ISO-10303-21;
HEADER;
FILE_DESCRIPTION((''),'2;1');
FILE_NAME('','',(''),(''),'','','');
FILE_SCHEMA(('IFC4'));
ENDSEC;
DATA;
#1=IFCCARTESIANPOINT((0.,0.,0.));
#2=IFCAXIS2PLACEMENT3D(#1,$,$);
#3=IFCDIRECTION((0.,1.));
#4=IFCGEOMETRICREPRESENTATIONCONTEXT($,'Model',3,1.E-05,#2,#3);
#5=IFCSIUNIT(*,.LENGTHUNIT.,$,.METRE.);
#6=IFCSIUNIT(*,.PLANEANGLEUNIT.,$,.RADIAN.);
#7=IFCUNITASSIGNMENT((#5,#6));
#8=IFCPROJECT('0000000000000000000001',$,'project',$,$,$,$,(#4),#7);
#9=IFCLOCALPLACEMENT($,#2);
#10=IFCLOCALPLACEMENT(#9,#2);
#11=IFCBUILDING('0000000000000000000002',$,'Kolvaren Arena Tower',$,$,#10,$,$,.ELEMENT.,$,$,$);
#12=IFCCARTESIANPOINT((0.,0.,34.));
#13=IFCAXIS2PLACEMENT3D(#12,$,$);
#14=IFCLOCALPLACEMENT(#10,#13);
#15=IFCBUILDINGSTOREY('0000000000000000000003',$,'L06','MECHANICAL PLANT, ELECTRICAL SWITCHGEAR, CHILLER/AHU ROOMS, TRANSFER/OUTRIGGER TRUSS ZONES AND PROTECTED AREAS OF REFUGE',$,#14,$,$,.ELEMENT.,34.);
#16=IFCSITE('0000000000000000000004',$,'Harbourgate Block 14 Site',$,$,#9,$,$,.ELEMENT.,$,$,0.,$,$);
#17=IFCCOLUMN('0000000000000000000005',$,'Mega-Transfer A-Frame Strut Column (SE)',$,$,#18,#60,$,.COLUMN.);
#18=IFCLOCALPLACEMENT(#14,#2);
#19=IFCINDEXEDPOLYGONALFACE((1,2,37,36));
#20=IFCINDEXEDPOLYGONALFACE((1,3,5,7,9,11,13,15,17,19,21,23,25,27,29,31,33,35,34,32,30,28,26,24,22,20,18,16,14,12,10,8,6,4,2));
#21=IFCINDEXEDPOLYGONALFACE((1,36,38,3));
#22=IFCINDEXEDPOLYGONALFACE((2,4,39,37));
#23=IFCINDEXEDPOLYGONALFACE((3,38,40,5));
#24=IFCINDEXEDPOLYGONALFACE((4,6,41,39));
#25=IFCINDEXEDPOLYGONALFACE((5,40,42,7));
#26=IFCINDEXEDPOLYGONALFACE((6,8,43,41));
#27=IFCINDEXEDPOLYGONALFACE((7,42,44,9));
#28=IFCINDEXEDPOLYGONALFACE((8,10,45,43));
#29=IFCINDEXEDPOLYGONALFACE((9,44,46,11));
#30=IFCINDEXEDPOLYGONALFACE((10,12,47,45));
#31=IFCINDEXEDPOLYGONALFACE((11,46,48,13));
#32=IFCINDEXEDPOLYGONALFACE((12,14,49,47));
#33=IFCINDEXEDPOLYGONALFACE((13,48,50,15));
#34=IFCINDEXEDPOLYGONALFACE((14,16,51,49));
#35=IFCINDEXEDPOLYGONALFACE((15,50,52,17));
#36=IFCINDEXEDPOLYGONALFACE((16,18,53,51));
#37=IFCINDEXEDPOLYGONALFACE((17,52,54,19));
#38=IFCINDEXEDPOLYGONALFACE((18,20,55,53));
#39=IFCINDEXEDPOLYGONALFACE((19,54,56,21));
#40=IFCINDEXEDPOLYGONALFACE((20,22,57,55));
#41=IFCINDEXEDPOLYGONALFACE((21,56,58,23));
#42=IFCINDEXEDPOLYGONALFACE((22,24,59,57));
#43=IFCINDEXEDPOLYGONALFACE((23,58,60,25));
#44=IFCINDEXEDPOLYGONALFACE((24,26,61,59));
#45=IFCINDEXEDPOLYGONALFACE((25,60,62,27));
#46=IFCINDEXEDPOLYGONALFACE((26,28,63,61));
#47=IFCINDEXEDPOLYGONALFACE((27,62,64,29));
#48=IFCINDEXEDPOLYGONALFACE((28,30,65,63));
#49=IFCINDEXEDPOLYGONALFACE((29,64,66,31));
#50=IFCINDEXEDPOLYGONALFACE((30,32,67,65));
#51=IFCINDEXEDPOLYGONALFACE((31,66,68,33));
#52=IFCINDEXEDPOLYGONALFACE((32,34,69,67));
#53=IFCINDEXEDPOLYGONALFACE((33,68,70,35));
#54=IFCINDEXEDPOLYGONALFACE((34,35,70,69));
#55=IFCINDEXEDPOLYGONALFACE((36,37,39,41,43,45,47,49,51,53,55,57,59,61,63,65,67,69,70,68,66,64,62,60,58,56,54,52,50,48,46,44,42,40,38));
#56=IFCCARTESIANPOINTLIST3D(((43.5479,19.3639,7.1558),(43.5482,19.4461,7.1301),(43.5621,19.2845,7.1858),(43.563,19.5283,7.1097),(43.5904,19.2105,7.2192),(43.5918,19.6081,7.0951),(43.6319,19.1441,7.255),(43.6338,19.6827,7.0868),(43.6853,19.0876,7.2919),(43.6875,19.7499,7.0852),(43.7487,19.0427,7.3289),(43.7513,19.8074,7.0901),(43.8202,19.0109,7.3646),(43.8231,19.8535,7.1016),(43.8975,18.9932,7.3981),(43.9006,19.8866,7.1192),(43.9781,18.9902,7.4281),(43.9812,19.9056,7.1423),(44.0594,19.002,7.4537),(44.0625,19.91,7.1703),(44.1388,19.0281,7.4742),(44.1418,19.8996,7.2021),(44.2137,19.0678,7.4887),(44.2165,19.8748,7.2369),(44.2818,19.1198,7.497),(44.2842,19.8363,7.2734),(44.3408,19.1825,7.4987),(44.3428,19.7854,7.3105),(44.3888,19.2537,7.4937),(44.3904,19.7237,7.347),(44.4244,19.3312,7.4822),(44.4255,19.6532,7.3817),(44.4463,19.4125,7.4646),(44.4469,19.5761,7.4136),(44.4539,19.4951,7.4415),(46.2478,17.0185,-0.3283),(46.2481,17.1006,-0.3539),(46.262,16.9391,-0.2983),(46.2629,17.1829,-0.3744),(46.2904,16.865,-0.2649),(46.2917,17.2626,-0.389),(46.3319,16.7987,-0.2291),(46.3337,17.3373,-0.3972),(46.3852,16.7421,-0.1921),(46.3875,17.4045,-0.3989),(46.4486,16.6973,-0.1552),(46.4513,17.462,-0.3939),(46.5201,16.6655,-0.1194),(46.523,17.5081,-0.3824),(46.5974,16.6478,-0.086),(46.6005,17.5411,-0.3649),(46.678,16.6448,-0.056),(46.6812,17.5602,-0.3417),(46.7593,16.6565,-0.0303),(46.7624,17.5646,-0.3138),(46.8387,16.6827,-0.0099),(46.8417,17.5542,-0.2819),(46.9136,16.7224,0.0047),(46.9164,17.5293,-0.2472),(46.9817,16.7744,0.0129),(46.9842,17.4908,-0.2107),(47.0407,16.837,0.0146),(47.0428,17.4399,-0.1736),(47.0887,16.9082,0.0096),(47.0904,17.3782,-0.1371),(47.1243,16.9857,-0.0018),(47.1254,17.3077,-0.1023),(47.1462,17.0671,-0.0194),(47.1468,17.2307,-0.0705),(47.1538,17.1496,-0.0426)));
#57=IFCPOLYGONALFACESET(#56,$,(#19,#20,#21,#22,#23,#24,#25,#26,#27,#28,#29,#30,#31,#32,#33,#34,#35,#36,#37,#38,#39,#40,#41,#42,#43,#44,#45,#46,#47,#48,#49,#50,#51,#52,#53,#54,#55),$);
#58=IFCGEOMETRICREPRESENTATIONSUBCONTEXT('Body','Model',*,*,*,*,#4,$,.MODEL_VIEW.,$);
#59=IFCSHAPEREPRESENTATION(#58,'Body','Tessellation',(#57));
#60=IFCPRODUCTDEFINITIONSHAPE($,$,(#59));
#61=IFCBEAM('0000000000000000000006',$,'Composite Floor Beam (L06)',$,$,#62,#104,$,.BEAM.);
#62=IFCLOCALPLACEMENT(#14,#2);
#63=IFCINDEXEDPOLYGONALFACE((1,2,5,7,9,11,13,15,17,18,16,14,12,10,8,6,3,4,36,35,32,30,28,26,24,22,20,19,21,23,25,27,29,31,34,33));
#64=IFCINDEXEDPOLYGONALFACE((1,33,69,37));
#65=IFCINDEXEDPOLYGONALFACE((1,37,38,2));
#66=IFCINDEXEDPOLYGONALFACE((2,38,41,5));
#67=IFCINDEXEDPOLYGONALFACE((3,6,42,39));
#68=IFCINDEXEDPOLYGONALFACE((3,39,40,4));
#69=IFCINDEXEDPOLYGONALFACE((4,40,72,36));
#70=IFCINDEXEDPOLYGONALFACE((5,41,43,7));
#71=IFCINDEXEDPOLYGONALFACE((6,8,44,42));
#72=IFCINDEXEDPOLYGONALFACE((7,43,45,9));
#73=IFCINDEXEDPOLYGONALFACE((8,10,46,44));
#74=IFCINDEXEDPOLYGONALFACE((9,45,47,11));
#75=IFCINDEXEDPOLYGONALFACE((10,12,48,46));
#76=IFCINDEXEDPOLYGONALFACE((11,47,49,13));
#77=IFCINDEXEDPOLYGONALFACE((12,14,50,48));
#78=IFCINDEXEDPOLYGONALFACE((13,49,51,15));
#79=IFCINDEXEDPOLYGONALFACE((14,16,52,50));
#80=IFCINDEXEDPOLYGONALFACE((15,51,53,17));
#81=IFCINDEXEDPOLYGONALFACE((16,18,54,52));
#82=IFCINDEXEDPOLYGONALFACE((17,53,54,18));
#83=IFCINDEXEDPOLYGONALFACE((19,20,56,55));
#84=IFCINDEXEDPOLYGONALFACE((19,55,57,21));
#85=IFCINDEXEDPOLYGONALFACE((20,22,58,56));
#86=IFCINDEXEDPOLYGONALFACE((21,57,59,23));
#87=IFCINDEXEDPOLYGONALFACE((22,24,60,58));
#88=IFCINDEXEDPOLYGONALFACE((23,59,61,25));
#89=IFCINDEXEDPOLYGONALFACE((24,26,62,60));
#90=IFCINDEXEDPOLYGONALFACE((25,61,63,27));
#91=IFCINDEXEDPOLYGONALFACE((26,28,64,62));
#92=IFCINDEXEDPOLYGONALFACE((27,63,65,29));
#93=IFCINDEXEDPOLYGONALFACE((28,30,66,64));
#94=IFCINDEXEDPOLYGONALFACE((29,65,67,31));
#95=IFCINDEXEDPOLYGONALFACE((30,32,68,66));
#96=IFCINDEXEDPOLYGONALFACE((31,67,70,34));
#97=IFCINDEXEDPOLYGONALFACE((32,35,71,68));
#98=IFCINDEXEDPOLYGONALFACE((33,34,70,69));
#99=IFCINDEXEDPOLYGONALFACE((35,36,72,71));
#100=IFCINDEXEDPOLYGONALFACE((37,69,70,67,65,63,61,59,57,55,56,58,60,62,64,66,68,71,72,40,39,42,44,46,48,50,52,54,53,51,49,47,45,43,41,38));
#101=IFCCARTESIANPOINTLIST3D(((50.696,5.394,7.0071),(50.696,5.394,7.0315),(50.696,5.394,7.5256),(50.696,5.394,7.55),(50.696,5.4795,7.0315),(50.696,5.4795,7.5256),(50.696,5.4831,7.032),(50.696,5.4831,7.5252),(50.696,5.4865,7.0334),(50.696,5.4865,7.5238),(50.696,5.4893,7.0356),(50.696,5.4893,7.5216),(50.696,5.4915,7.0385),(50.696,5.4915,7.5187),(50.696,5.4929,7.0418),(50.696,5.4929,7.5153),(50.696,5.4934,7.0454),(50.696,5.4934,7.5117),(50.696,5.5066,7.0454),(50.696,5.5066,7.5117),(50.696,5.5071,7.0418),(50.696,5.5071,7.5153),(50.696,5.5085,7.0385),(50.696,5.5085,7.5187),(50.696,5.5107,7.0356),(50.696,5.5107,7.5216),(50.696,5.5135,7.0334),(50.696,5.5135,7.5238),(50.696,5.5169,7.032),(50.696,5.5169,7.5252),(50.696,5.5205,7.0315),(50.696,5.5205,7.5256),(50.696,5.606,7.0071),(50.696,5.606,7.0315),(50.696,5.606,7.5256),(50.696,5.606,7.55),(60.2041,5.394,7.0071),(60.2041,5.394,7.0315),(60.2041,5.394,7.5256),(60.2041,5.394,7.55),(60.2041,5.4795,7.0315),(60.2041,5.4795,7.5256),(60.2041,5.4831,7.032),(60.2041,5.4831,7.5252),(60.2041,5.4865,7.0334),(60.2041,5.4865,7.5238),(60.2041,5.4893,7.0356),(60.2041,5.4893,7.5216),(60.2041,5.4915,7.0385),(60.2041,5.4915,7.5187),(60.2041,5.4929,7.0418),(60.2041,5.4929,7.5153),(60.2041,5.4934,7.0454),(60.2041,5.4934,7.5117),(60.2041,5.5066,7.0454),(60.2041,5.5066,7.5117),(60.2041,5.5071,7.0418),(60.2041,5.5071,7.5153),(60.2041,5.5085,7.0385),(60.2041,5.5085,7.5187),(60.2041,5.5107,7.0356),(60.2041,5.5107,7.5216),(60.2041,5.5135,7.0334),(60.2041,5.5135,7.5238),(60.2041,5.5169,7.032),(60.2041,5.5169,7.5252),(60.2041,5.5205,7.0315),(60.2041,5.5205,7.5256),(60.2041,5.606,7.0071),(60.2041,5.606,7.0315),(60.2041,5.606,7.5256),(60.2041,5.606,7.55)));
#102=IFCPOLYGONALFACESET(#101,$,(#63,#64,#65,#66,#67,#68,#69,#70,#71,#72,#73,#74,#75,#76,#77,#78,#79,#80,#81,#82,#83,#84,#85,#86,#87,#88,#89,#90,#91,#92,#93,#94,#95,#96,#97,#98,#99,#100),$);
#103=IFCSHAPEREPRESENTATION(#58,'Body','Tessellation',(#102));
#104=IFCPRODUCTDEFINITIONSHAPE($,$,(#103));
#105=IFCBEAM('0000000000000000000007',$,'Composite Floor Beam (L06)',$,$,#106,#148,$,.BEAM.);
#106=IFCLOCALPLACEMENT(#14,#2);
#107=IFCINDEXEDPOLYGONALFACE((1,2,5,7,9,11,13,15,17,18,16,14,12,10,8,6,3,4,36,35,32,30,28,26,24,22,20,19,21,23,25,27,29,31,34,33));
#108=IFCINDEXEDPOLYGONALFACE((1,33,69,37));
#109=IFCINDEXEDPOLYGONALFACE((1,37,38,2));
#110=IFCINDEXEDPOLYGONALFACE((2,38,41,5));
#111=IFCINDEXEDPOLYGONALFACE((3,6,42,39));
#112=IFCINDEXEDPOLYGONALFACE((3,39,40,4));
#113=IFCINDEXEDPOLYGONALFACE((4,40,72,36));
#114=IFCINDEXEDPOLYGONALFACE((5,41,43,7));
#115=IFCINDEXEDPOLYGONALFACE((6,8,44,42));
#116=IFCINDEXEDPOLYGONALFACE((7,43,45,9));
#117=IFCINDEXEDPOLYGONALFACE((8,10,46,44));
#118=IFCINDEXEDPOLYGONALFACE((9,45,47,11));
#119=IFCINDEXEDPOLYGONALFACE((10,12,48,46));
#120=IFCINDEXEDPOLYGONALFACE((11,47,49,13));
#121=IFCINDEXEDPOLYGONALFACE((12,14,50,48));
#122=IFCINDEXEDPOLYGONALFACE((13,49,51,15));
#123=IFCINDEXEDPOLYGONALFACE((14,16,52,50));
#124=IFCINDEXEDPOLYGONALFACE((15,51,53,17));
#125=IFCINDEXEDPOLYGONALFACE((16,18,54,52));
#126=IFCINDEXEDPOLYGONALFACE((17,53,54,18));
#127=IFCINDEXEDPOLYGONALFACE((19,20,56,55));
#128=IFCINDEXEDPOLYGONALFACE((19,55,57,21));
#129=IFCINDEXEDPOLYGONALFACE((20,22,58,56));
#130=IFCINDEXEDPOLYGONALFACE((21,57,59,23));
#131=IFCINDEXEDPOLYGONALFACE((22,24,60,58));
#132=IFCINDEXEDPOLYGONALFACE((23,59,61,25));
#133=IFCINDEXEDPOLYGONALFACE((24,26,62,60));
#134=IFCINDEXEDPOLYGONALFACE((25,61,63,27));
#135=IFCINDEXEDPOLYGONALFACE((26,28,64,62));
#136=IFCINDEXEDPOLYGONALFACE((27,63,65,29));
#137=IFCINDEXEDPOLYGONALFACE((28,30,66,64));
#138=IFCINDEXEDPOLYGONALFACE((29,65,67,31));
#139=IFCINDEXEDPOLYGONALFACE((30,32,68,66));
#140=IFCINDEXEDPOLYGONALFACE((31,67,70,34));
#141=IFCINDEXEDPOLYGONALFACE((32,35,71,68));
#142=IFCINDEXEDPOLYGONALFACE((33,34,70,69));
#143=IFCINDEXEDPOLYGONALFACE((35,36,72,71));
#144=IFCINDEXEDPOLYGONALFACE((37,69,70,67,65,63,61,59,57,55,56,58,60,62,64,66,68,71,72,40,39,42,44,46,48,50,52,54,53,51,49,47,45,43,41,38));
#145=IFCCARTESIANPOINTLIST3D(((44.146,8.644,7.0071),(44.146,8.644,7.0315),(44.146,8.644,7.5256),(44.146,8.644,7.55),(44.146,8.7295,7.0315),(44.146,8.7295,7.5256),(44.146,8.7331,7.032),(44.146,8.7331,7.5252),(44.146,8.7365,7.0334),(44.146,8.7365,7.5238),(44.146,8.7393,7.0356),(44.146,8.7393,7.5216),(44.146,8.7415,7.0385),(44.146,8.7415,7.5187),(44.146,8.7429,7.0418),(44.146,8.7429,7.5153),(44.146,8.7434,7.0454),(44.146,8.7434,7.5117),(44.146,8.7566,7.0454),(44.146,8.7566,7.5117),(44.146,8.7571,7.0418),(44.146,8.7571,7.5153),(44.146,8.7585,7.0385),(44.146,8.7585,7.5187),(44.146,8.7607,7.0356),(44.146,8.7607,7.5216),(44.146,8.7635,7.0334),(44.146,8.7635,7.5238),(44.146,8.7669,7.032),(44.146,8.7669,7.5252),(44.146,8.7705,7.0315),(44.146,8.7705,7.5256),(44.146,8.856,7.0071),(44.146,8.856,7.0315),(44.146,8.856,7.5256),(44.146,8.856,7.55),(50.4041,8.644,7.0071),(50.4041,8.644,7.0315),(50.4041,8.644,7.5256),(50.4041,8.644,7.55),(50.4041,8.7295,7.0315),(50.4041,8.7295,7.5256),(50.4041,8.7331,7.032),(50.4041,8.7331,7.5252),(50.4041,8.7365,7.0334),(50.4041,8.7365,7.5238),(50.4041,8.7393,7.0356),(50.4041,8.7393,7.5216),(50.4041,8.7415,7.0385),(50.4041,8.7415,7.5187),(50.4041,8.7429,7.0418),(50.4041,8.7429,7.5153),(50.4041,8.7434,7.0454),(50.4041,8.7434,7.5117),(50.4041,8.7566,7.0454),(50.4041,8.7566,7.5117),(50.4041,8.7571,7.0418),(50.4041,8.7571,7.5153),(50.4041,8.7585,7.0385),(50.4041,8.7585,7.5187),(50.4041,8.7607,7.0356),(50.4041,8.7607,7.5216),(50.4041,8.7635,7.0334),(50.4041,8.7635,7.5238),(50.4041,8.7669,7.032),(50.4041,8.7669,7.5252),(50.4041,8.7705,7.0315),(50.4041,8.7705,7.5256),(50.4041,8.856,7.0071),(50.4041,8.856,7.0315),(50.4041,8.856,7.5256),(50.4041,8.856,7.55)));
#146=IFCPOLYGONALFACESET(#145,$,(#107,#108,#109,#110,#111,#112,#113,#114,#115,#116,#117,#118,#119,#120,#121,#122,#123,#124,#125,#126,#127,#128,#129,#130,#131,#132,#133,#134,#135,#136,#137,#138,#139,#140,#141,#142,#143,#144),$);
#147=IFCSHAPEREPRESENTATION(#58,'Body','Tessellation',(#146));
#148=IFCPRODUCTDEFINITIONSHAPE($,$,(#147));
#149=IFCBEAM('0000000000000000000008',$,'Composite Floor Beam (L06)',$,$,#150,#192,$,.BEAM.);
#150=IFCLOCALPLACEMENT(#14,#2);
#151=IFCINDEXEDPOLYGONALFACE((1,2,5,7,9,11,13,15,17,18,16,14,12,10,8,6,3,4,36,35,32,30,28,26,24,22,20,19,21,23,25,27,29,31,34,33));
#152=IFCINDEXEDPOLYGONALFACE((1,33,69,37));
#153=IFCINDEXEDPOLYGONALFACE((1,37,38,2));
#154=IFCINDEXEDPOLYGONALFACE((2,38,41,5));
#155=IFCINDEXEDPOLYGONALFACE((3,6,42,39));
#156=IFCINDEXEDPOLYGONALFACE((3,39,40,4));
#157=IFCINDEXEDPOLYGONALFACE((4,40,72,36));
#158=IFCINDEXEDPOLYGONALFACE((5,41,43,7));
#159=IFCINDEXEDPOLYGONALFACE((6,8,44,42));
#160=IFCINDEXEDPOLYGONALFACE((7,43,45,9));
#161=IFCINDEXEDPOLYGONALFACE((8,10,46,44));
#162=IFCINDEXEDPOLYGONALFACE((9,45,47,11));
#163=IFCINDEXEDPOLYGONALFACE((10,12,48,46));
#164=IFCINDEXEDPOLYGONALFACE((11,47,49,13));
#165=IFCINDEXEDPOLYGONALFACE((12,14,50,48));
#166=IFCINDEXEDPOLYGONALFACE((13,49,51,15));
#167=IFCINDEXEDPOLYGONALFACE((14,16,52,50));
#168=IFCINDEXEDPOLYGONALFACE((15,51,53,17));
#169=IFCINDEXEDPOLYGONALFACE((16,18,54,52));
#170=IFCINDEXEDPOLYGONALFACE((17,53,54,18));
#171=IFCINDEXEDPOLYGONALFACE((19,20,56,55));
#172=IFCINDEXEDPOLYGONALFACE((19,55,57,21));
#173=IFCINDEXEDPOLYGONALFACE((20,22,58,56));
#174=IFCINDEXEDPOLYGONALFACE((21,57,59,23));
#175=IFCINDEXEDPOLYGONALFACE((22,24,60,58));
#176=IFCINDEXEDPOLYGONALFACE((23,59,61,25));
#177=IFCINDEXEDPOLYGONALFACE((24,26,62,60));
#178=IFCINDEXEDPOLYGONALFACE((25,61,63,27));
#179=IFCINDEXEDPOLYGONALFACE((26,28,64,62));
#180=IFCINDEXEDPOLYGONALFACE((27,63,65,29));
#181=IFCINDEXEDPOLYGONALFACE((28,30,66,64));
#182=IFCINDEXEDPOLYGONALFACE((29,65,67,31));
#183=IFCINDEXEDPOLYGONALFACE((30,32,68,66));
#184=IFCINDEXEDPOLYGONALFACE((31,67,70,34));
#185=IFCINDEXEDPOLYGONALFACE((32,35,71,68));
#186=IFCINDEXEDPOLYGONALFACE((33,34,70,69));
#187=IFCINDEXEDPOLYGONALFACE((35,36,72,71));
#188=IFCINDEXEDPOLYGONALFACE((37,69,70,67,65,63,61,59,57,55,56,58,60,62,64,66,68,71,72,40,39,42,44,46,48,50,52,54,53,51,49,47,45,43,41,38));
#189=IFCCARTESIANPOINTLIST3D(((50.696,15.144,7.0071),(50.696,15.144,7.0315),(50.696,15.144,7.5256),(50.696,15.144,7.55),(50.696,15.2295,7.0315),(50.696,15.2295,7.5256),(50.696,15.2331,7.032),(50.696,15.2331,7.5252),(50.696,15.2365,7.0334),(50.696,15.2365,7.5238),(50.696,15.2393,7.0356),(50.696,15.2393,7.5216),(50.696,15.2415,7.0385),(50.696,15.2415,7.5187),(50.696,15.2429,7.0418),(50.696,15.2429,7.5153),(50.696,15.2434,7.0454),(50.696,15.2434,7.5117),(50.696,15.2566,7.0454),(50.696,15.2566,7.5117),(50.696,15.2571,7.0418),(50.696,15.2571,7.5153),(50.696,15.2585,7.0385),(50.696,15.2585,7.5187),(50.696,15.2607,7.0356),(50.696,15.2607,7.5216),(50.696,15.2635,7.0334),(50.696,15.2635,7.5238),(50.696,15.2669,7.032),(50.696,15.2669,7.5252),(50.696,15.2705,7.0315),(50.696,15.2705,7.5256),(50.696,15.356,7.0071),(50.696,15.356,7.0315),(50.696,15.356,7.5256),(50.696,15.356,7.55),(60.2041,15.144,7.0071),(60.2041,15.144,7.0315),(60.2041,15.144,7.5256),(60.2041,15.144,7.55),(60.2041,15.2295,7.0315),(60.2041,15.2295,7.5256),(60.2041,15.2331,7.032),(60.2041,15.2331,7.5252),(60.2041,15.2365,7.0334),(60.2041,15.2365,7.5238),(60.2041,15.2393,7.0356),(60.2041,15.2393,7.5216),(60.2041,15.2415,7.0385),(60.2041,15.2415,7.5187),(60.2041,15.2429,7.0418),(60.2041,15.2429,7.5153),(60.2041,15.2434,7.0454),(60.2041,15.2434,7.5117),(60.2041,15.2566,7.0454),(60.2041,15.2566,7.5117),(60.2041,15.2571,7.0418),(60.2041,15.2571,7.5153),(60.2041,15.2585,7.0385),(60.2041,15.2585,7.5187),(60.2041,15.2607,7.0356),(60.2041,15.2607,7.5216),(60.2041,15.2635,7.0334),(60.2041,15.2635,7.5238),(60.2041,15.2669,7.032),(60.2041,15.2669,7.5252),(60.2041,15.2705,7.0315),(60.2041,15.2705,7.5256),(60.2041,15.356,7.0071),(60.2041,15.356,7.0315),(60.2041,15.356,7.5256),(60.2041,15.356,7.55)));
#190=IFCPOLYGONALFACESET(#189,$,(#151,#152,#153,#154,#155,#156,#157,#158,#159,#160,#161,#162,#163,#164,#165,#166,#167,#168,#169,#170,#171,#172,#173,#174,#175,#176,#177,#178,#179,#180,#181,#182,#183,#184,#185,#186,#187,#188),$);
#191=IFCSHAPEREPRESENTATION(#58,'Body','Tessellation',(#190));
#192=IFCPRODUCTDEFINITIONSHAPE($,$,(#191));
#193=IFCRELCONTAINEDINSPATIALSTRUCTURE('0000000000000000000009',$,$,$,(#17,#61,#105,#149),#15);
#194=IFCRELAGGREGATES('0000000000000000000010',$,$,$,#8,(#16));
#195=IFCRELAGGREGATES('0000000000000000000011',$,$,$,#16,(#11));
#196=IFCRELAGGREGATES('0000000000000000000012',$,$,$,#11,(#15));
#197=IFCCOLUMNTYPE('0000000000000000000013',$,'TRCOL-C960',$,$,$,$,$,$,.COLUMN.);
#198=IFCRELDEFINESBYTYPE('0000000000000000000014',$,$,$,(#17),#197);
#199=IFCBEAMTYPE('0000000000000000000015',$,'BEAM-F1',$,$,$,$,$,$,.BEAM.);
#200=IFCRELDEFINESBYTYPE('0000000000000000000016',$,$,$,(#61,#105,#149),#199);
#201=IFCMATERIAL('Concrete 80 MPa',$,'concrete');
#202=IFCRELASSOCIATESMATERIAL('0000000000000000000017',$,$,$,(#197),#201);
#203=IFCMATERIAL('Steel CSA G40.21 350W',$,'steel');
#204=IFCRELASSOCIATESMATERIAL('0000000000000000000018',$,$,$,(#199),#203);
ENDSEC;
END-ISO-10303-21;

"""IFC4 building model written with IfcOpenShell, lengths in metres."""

from ifc_helpers import new_model, si_unit, direction, frame, origin, origin_2d, place, context, subcontext, project, spatial, circle, i_section, extrude, material, material_profile, profile_set, type_object, element, save


model = new_model("IFC4")

# Units and contexts
model_context = context("Model", 3, precision=1e-05, world=origin(), true_north=direction((0.0, 1.0)))
body_context = subcontext(model_context, "Body", "Model", "MODEL_VIEW")
ifc_project = project(units=[si_unit("LENGTHUNIT", "METRE"), si_unit("PLANEANGLEUNIT", "RADIAN")], contexts=[model_context])

# Site, building, storey
site_placement = place(None, origin())
site = spatial("IfcSite", under=ifc_project, at=site_placement, Name="Harbourgate Block 14 Site", CompositionType="ELEMENT", RefElevation=0.0)
building_placement = place(site_placement, origin())
building = spatial("IfcBuilding", under=site, at=building_placement, Name="Kolvaren Arena Tower", CompositionType="ELEMENT")
storey_placement = place(building_placement, frame((0.0, 0.0, 34.0)))
storey = spatial("IfcBuildingStorey", under=building, at=storey_placement, Name="L06", Description="MECHANICAL PLANT, ELECTRICAL SWITCHGEAR, CHILLER/AHU ROOMS, TRANSFER/OUTRIGGER TRUSS ZONES AND PROTECTED AREAS OF REFUGE", CompositionType="ELEMENT", Elevation=34.0)

# Column
ifc_material_1 = material(Name="Concrete 80 MPa", Category="concrete")
ifc_material_profile_1 = material_profile(ifc_material_1, circle(Radius=0.48, at=origin_2d()), Name="RC-CIRC-960")
ifc_profile_set_1 = profile_set([ifc_material_profile_1], Name="Concrete 80 MPa")
column_type = type_object("IfcColumnType", Name="TRCOL-C960", PredefinedType="COLUMN", material=ifc_profile_set_1)
column_placement = place(storey_placement, frame((46.7, 17.1045, -0.1921), z_axis=(-0.325501, 0.282764, 0.902272), x_axis=(-0.655809, -0.754927, 0.0)))
element("IfcColumn", 1, at=column_placement, inside=storey, type_object=column_type, Name="Mega-Transfer A-Frame Strut Column (SE)", PredefinedType="COLUMN", context=body_context, shape_type="SweptSolid", body=[
    extrude(circle(Radius=0.48, at=origin_2d()), origin(), (0.0, 0.0, 1.0), 8.2947),
])

# Beams
ifc_material_2 = material(Name="Steel CSA G40.21 350W", Category="steel")
ifc_material_profile_2 = material_profile(ifc_material_2, i_section(OverallWidth=0.2119, OverallDepth=0.543, WebThickness=0.0132, FlangeThickness=0.0244, FilletRadius=0.0139, at=origin_2d()), Name="W530x150")
ifc_profile_set_2 = profile_set([ifc_material_profile_2], Name="Steel CSA G40.21 350W")
beam_type_1 = type_object("IfcBeamType", Name="BEAM-F1", PredefinedType="BEAM", material=ifc_profile_set_2)
beam_1_placement = place(storey_placement, frame((50.696, 5.5, 7.2786), z_axis=(1.0, 0.0, 0.0), x_axis=(0.0, 1.0, 0.0)))
element("IfcBeam", 2, at=beam_1_placement, inside=storey, type_object=beam_type_1, Name="Composite Floor Beam (L06)", PredefinedType="BEAM", context=body_context, shape_type="SweptSolid", body=[
    extrude(i_section(OverallWidth=0.2119, OverallDepth=0.543, WebThickness=0.0132, FlangeThickness=0.0244, FilletRadius=0.0139, at=origin_2d()), origin(), (0.0, 0.0, 1.0), 9.5081),
])
beam_2_placement = place(storey_placement, frame((44.146, 8.75, 7.2786), z_axis=(1.0, 0.0, 0.0), x_axis=(0.0, 1.0, 0.0)))
element("IfcBeam", 3, at=beam_2_placement, inside=storey, type_object=beam_type_1, Name="Composite Floor Beam (L06)", PredefinedType="BEAM", context=body_context, shape_type="SweptSolid", body=[
    extrude(i_section(OverallWidth=0.2119, OverallDepth=0.543, WebThickness=0.0132, FlangeThickness=0.0244, FilletRadius=0.0139, at=origin_2d()), origin(), (0.0, 0.0, 1.0), 6.2581),
])
beam_3_placement = place(storey_placement, frame((50.696, 15.25, 7.2786), z_axis=(1.0, 0.0, 0.0), x_axis=(0.0, 1.0, 0.0)))
element("IfcBeam", 4, at=beam_3_placement, inside=storey, type_object=beam_type_1, Name="Composite Floor Beam (L06)", PredefinedType="BEAM", context=body_context, shape_type="SweptSolid", body=[
    extrude(i_section(OverallWidth=0.2119, OverallDepth=0.543, WebThickness=0.0132, FlangeThickness=0.0244, FilletRadius=0.0139, at=origin_2d()), origin(), (0.0, 0.0, 1.0), 9.5081),
])

save(model, "model.ifc")
